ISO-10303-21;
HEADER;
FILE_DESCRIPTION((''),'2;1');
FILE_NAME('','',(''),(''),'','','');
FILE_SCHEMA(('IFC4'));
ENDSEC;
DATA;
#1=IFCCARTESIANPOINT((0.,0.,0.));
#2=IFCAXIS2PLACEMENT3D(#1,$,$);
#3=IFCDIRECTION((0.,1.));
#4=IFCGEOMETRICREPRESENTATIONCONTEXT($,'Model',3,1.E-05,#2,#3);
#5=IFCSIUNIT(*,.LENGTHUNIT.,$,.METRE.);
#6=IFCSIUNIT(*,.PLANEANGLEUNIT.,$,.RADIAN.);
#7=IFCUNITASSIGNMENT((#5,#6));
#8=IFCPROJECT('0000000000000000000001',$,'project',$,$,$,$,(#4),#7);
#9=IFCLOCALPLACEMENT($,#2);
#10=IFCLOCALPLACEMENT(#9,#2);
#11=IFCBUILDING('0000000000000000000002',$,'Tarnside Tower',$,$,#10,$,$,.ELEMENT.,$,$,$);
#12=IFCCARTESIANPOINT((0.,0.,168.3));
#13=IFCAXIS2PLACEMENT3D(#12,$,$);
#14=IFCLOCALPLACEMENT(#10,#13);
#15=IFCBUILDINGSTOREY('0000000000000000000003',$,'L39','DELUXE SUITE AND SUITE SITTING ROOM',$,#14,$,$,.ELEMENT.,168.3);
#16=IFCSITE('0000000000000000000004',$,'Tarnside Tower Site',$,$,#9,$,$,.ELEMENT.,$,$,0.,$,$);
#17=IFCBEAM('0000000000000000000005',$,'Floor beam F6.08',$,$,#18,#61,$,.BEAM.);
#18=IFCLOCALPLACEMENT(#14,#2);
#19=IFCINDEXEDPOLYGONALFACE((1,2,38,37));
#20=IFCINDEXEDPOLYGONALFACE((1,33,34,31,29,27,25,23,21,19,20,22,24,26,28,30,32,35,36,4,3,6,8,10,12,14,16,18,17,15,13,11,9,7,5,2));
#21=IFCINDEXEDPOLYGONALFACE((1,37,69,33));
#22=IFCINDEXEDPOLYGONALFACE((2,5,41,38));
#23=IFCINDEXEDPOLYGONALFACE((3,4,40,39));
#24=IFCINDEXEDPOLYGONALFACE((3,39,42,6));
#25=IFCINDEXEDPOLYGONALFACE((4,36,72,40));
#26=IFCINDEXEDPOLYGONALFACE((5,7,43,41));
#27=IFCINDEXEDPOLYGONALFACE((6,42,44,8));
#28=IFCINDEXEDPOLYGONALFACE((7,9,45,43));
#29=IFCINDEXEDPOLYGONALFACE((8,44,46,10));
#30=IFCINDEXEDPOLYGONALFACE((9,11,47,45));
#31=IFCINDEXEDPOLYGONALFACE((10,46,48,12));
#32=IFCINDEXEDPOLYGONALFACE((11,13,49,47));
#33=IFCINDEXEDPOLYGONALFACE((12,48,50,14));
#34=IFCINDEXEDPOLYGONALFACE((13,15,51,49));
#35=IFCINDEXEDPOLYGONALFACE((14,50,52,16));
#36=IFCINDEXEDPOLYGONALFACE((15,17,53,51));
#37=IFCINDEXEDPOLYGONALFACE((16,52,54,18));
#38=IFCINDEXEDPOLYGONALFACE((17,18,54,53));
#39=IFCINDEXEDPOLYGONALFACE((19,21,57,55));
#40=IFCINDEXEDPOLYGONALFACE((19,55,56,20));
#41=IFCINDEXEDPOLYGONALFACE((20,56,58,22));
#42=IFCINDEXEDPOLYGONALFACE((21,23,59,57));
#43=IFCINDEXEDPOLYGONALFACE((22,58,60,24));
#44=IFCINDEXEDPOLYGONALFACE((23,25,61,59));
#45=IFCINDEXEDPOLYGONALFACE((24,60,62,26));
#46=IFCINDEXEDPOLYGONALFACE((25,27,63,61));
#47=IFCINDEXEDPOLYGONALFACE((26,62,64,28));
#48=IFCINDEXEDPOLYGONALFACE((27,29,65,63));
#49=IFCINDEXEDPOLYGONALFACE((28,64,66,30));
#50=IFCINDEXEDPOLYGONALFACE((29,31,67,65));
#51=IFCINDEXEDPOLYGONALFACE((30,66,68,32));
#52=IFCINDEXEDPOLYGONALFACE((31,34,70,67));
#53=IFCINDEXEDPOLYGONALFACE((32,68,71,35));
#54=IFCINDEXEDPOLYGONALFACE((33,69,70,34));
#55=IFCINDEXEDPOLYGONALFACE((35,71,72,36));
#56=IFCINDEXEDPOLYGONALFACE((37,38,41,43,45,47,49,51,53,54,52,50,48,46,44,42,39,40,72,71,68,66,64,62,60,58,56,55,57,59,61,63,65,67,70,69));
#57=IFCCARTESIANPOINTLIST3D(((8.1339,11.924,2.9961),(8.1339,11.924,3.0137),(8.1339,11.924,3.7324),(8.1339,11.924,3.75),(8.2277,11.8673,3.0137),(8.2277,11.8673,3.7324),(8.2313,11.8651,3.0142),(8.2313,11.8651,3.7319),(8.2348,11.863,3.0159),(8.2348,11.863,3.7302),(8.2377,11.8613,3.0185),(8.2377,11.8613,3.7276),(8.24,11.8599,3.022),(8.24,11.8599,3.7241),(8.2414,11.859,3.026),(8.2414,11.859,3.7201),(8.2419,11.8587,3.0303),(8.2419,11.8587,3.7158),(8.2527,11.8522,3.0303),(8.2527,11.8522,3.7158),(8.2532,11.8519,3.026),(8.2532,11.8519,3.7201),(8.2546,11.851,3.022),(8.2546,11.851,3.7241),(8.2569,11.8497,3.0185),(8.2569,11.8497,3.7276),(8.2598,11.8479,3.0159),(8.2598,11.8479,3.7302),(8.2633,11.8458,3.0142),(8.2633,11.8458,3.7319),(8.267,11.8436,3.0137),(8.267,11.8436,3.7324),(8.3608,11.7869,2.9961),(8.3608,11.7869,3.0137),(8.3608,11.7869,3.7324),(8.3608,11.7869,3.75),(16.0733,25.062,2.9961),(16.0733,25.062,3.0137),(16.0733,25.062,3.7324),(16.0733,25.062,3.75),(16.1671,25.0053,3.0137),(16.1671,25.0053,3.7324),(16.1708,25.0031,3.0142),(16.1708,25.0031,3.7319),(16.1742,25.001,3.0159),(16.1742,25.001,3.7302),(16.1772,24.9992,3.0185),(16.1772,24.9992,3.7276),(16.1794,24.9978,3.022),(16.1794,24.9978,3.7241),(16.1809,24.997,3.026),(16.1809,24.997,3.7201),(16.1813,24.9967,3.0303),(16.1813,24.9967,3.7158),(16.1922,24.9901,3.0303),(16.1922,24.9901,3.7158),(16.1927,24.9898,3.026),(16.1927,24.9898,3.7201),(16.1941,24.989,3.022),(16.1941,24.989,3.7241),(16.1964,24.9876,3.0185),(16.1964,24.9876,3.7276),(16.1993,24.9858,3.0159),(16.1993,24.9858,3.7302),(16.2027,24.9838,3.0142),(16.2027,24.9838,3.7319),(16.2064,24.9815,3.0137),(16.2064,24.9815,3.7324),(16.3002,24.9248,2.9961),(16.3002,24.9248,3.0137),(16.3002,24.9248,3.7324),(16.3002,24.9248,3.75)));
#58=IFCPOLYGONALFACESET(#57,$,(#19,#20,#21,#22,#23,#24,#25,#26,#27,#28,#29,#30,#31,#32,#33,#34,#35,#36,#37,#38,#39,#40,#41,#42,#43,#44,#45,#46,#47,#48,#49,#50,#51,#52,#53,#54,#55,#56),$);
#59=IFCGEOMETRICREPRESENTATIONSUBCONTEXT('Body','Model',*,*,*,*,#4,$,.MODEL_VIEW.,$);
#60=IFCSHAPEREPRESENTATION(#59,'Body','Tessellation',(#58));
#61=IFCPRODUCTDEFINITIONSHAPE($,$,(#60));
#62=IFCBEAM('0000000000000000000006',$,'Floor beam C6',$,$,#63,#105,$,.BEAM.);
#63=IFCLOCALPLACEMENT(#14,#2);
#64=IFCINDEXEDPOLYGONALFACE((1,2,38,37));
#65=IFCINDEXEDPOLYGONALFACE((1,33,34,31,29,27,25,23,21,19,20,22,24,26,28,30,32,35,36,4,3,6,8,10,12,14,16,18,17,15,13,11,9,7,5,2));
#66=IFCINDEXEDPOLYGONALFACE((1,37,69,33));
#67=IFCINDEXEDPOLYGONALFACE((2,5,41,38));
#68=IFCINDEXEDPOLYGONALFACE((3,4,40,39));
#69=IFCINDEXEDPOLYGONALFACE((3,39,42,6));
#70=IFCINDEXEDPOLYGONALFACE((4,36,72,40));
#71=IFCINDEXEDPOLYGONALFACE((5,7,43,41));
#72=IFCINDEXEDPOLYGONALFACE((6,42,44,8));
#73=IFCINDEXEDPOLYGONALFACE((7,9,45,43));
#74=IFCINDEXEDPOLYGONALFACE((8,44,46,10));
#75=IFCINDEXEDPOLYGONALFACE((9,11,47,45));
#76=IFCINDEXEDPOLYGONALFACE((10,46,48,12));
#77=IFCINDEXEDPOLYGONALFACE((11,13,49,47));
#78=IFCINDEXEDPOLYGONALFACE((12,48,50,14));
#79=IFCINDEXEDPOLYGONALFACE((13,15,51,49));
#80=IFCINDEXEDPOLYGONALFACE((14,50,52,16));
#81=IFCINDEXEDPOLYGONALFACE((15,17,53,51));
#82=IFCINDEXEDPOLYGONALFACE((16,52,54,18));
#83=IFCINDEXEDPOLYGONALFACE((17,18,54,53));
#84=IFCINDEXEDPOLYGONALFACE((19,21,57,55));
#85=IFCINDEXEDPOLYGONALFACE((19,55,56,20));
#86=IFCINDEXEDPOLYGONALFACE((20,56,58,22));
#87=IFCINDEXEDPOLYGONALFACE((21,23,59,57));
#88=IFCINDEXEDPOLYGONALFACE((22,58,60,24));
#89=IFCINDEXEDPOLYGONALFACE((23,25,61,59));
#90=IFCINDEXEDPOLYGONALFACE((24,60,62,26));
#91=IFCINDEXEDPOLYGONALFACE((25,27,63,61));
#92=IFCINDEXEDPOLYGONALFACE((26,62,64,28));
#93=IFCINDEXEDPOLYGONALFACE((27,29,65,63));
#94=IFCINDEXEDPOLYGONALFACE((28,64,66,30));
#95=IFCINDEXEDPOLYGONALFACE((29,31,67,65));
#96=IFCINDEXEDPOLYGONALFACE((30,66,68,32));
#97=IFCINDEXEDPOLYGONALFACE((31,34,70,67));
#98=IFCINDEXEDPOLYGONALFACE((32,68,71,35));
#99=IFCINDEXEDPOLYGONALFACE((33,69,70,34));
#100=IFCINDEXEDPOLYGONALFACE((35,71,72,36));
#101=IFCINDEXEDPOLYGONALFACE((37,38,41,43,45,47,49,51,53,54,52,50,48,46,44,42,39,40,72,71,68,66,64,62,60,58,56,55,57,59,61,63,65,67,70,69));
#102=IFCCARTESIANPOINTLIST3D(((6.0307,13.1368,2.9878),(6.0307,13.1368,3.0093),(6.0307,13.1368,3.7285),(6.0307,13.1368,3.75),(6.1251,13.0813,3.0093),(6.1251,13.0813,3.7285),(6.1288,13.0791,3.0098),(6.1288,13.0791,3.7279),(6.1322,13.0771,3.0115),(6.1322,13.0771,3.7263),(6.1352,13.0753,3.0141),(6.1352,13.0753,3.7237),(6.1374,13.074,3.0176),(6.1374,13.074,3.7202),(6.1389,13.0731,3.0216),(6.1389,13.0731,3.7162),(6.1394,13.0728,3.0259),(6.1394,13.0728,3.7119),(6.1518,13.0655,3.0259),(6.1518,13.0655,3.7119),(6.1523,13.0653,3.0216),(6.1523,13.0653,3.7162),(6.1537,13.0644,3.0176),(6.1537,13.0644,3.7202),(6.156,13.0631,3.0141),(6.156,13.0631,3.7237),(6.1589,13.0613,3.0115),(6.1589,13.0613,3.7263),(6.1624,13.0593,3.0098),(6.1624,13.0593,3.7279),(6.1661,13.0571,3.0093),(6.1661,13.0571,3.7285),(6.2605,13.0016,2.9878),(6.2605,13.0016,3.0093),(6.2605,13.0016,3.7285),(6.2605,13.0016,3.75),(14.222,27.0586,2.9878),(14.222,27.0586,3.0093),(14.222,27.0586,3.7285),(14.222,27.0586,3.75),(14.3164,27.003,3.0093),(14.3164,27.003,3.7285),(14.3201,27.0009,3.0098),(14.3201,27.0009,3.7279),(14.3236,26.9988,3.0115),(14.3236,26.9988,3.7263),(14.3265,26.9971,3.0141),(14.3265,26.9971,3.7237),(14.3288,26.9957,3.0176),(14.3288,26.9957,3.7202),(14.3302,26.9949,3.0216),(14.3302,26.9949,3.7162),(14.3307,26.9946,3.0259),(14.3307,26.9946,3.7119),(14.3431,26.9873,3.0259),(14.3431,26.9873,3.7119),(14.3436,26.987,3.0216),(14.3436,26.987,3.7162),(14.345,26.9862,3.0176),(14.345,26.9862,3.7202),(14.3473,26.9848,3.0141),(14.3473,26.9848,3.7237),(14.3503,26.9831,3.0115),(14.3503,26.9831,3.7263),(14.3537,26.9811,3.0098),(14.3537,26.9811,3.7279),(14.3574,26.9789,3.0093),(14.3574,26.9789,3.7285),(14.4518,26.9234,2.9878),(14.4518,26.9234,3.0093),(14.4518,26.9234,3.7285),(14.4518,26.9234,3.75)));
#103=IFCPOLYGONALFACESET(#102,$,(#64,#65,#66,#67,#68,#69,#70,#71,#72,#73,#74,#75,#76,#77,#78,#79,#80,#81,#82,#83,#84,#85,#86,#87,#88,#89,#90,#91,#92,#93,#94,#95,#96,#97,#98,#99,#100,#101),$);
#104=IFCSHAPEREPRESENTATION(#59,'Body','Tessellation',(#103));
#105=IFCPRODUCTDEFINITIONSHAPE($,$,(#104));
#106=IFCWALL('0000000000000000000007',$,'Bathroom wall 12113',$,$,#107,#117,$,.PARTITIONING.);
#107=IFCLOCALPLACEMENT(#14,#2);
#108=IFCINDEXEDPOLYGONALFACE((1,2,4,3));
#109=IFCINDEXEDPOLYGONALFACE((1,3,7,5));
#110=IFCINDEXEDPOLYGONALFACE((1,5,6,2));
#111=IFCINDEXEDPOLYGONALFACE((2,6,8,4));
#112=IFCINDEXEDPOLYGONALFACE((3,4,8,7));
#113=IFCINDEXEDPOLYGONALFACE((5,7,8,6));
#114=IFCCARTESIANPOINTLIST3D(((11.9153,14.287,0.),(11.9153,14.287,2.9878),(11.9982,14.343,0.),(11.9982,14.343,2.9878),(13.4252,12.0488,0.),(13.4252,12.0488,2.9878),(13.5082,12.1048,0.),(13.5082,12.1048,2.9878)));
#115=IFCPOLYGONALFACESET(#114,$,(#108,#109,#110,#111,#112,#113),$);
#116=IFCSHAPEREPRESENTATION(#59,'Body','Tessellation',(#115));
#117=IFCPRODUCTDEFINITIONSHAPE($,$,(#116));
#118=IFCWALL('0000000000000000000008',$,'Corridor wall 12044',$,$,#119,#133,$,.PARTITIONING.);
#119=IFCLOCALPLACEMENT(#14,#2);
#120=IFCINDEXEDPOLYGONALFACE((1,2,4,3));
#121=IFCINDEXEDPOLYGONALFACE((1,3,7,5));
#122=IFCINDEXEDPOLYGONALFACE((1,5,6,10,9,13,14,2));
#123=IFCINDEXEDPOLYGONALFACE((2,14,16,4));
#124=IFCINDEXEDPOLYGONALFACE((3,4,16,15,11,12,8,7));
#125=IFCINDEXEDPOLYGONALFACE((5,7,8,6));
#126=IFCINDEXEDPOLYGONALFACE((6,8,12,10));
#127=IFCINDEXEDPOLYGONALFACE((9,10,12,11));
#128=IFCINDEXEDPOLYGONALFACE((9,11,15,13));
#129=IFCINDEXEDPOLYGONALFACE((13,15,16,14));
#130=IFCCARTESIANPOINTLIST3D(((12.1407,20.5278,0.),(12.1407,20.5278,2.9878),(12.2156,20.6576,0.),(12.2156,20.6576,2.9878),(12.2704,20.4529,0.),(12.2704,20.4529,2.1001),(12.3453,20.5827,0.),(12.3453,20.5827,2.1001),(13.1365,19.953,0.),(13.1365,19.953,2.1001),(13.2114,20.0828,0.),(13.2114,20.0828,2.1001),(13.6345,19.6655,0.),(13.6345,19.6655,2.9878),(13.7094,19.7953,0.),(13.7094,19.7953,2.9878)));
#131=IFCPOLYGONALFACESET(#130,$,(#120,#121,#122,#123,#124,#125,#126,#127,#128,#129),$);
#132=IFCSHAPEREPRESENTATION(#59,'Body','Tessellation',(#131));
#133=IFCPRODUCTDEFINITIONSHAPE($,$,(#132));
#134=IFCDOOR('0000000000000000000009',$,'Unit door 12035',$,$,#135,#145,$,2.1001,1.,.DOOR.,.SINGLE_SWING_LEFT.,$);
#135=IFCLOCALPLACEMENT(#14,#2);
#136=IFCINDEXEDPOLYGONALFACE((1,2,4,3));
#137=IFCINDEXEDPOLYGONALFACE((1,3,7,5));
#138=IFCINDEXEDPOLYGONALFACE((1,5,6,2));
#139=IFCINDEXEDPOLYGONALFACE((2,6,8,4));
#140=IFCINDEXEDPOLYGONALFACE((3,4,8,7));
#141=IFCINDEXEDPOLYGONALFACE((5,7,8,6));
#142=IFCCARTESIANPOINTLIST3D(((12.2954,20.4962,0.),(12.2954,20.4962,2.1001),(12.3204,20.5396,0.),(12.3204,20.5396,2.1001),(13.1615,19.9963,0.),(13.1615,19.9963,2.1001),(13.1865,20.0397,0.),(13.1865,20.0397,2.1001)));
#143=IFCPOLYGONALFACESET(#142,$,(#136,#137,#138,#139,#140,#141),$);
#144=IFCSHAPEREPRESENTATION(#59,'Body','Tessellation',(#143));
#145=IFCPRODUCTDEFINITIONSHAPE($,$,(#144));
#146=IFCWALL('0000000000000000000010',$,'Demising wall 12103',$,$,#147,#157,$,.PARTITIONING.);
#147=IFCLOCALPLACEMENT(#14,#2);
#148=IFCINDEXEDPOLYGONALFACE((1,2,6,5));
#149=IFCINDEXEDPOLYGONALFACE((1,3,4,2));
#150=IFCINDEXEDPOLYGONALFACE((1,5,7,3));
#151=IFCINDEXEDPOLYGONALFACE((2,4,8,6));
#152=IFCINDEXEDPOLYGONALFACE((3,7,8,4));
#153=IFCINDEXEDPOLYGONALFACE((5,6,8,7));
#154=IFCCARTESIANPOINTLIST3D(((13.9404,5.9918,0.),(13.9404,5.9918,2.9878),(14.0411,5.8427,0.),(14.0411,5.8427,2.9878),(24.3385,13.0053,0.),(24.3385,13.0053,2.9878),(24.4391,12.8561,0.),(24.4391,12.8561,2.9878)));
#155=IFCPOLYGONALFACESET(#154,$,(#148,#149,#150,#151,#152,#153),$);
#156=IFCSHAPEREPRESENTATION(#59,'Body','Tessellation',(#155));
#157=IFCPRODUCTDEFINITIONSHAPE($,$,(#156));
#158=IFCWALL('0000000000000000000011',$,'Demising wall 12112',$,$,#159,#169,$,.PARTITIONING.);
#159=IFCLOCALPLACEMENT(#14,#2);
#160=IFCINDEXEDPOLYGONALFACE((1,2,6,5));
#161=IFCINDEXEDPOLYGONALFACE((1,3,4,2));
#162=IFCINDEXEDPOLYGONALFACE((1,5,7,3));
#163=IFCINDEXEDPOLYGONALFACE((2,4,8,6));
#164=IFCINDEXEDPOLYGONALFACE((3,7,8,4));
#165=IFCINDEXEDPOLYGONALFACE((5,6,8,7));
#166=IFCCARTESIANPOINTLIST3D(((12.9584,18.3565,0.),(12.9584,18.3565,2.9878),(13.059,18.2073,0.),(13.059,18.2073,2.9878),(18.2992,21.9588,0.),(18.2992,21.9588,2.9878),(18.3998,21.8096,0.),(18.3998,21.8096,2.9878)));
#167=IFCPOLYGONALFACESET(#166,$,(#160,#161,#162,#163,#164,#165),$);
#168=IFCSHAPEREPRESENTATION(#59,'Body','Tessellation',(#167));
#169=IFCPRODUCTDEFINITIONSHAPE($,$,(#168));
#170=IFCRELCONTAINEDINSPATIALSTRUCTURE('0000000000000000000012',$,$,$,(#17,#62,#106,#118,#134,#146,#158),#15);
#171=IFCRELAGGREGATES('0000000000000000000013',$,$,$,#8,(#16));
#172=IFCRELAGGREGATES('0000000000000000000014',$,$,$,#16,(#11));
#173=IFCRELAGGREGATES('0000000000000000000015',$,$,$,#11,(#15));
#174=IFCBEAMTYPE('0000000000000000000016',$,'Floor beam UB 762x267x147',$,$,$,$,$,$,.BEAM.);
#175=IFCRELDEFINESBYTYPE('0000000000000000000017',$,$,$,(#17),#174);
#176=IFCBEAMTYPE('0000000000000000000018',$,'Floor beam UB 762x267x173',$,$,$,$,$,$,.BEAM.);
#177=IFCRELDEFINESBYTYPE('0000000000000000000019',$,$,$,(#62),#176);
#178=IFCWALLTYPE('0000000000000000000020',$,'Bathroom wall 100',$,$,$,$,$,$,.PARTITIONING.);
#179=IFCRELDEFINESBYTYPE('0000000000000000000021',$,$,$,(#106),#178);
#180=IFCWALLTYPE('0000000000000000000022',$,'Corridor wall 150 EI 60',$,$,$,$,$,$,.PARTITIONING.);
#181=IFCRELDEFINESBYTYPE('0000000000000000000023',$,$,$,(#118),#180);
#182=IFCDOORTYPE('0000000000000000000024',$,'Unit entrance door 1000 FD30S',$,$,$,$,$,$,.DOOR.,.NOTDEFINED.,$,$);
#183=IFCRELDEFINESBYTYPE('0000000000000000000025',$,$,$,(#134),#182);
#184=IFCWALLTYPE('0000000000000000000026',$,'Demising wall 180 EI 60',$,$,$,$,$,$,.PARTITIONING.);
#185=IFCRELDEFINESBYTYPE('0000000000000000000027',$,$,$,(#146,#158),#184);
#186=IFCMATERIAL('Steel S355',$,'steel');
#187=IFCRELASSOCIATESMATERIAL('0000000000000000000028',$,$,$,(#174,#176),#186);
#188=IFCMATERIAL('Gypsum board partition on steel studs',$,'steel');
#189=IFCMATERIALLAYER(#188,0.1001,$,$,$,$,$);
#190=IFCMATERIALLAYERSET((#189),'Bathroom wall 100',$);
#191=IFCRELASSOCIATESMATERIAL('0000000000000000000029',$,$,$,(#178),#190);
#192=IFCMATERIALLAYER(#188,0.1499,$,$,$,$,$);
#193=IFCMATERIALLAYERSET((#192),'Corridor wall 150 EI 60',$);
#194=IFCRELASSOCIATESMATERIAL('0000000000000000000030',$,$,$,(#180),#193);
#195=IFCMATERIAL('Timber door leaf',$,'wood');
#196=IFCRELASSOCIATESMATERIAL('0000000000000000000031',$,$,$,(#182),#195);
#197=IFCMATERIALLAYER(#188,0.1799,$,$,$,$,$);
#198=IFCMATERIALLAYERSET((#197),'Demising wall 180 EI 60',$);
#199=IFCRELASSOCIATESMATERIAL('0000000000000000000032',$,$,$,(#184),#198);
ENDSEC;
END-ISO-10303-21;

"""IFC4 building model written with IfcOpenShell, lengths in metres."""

from ifc_helpers import new_model, si_unit, direction, frame, frame_2d, origin, origin_2d, place, context, subcontext, project, spatial, rectangle, i_section, extrude, material, layer, layer_set, material_profile, profile_set, type_object, element, fill, save


model = new_model("IFC4")

# Units and contexts
model_context = context("Model", 3, precision=1e-05, world=origin(), true_north=direction((0.0, 1.0)))
body_context = subcontext(model_context, "Body", "Model", "MODEL_VIEW")
ifc_project = project(units=[si_unit("LENGTHUNIT", "METRE"), si_unit("PLANEANGLEUNIT", "RADIAN")], contexts=[model_context])

# Site, building, storey
site_placement = place(None, origin())
site = spatial("IfcSite", under=ifc_project, at=site_placement, Name="Tarnside Tower Site", CompositionType="ELEMENT", RefElevation=0.0)
building_placement = place(site_placement, origin())
building = spatial("IfcBuilding", under=site, at=building_placement, Name="Tarnside Tower", CompositionType="ELEMENT")
storey_placement = place(building_placement, frame((0.0, 0.0, 168.3)))
storey = spatial("IfcBuildingStorey", under=building, at=storey_placement, Name="L39", Description="DELUXE SUITE AND SUITE SITTING ROOM", CompositionType="ELEMENT", Elevation=168.3)

# Beams
ifc_material_1 = material(Name="Steel S355", Category="steel")
ifc_material_profile_1 = material_profile(ifc_material_1, i_section(OverallWidth=0.2651, OverallDepth=0.7539, WebThickness=0.0127, FlangeThickness=0.0176, FilletRadius=0.0166, at=origin_2d()), Name="UB 762x267x147")
ifc_profile_set_1 = profile_set([ifc_material_profile_1], Name="Steel S355")
beam_type_1 = type_object("IfcBeamType", Name="Floor beam UB 762x267x147", PredefinedType="BEAM", material=ifc_profile_set_1)
beam_1_placement = place(storey_placement, frame((16.1868, 24.9934, 3.373), z_axis=(-0.517209, -0.855859, 0.0), x_axis=(0.855859, -0.517209, 0.0)))
element("IfcBeam", 1, at=beam_1_placement, inside=storey, type_object=beam_type_1, Name="Floor beam F6.08", PredefinedType="BEAM", context=body_context, shape_type="SweptSolid", body=[
    extrude(i_section(OverallWidth=0.2651, OverallDepth=0.7539, WebThickness=0.0127, FlangeThickness=0.0176, FilletRadius=0.0166, at=origin_2d()), origin(), (0.0, 0.0, 1.0), 15.3506),
])
ifc_material_profile_2 = material_profile(ifc_material_1, i_section(OverallWidth=0.2666, OverallDepth=0.7622, WebThickness=0.0144, FlangeThickness=0.0215, FilletRadius=0.0166, at=origin_2d()), Name="UB 762x267x173")
ifc_profile_set_2 = profile_set([ifc_material_profile_2], Name="Steel S355")
beam_type_2 = type_object("IfcBeamType", Name="Floor beam UB 762x267x173", PredefinedType="BEAM", material=ifc_profile_set_2)
beam_2_placement = place(storey_placement, frame((14.3369, 26.991, 3.3689), z_axis=(-0.507115, -0.861878, 0.0), x_axis=(0.861878, -0.507115, 0.0)))
element("IfcBeam", 2, at=beam_2_placement, inside=storey, type_object=beam_type_2, Name="Floor beam C6", PredefinedType="BEAM", context=body_context, shape_type="SweptSolid", body=[
    extrude(i_section(OverallWidth=0.2666, OverallDepth=0.7622, WebThickness=0.0144, FlangeThickness=0.0215, FilletRadius=0.0166, at=origin_2d()), origin(), (0.0, 0.0, 1.0), 16.1528),
])

# Wall
ifc_material_2 = material(Name="Gypsum board partition on steel studs", Category="steel")
ifc_layer_1 = layer(ifc_material_2, 0.1001)
ifc_layer_set_1 = layer_set([ifc_layer_1], Name="Bathroom wall 100")
wall_type_1 = type_object("IfcWallType", Name="Bathroom wall 100", PredefinedType="PARTITIONING", material=ifc_layer_set_1)
wall_1_placement = place(storey_placement, frame((13.4668, 12.0767, 0.0), z_axis=(0.0, 0.0, 1.0), x_axis=(-0.559262, 0.828991, 0.0)))
element("IfcWall", 3, at=wall_1_placement, inside=storey, type_object=wall_type_1, Name="Bathroom wall 12113", PredefinedType="PARTITIONING", context=body_context, shape_type="SweptSolid", body=[
    extrude(rectangle(XDim=2.7, YDim=0.1001, at=frame_2d((1.3501, 0.0))), origin(), (0.0, 0.0, 1.0), 2.9878),
])

# Wall, opening, door
ifc_layer_2 = layer(ifc_material_2, 0.1499)
ifc_layer_set_2 = layer_set([ifc_layer_2], Name="Corridor wall 150 EI 60")
wall_type_2 = type_object("IfcWallType", Name="Corridor wall 150 EI 60", PredefinedType="PARTITIONING", material=ifc_layer_set_2)
wall_2_placement = place(storey_placement, frame((13.6719, 19.7305, 0.0), z_axis=(0.0, 0.0, 1.0), x_axis=(-0.866075, 0.499914, 0.0)))
wall_2 = element("IfcWall", 4, at=wall_2_placement, inside=storey, type_object=wall_type_2, Name="Corridor wall 12044", PredefinedType="PARTITIONING", context=body_context, shape_type="SweptSolid", body=[
    extrude(rectangle(XDim=1.7249, YDim=0.1499, at=frame_2d((0.8623, 0.0))), origin(), (0.0, 0.0, 1.0), 2.9878),
])
opening_1_placement = place(wall_2_placement, frame((0.575, 0.0, 0.0)))
opening_1 = element("IfcOpeningElement", 5, at=opening_1_placement, cuts=wall_2, PredefinedType="OPENING", context=body_context, shape_type="SweptSolid", body=[
    extrude(rectangle(XDim=1.0, YDim=2.1001, at=frame_2d((0.5, 1.05))), frame((0.0, 0.085, 0.0), z_axis=(0.0, -1.0, 0.0), x_axis=(1.0, 0.0, 0.0)), (0.0, 0.0, 1.0), 0.1699),
])
ifc_material_3 = material(Name="Timber door leaf", Category="wood")
door_type_1 = type_object("IfcDoorType", Name="Unit entrance door 1000 FD30S", OperationType="NOTDEFINED", PredefinedType="DOOR", material=ifc_material_3)
door_1_placement = place(opening_1_placement, origin())
door_1 = element("IfcDoor", 6, at=door_1_placement, inside=storey, type_object=door_type_1, Name="Unit door 12035", OperationType="SINGLE_SWING_LEFT", OverallHeight=2.1001, OverallWidth=1.0, PredefinedType="DOOR", context=body_context, shape_type="SweptSolid", body=[
    extrude(rectangle(XDim=1.0, YDim=2.1001, at=frame_2d((0.5, 1.05))), frame((0.0, 0.0249, 0.0), z_axis=(0.0, -1.0, 0.0), x_axis=(1.0, 0.0, 0.0)), (0.0, 0.0, 1.0), 0.05),
])
fill(opening_1, door_1)

# Walls
ifc_layer_3 = layer(ifc_material_2, 0.1799)
ifc_layer_set_3 = layer_set([ifc_layer_3], Name="Demising wall 180 EI 60")
wall_type_3 = type_object("IfcWallType", Name="Demising wall 180 EI 60", PredefinedType="PARTITIONING", material=ifc_layer_set_3)
wall_3_placement = place(storey_placement, frame((24.3887, 12.9307, 0.0), z_axis=(0.0, 0.0, 1.0), x_axis=(-0.82904, -0.559189, 0.0)))
element("IfcWall", 7, at=wall_3_placement, inside=storey, type_object=wall_type_3, Name="Demising wall 12103", PredefinedType="PARTITIONING", context=body_context, shape_type="SweptSolid", body=[
    extrude(rectangle(XDim=12.5422, YDim=0.1799, at=frame_2d((6.271, 0.0))), origin(), (0.0, 0.0, 1.0), 2.9878),
])
wall_4_placement = place(storey_placement, frame((18.3496, 21.8843, 0.0), z_axis=(0.0, 0.0, 1.0), x_axis=(-0.829047, -0.559179, 0.0)))
element("IfcWall", 8, at=wall_4_placement, inside=storey, type_object=wall_type_3, Name="Demising wall 12112", PredefinedType="PARTITIONING", context=body_context, shape_type="SweptSolid", body=[
    extrude(rectangle(XDim=6.4421, YDim=0.1799, at=frame_2d((3.2212, 0.0))), origin(), (0.0, 0.0, 1.0), 2.9878),
])

save(model, "model.ifc")
